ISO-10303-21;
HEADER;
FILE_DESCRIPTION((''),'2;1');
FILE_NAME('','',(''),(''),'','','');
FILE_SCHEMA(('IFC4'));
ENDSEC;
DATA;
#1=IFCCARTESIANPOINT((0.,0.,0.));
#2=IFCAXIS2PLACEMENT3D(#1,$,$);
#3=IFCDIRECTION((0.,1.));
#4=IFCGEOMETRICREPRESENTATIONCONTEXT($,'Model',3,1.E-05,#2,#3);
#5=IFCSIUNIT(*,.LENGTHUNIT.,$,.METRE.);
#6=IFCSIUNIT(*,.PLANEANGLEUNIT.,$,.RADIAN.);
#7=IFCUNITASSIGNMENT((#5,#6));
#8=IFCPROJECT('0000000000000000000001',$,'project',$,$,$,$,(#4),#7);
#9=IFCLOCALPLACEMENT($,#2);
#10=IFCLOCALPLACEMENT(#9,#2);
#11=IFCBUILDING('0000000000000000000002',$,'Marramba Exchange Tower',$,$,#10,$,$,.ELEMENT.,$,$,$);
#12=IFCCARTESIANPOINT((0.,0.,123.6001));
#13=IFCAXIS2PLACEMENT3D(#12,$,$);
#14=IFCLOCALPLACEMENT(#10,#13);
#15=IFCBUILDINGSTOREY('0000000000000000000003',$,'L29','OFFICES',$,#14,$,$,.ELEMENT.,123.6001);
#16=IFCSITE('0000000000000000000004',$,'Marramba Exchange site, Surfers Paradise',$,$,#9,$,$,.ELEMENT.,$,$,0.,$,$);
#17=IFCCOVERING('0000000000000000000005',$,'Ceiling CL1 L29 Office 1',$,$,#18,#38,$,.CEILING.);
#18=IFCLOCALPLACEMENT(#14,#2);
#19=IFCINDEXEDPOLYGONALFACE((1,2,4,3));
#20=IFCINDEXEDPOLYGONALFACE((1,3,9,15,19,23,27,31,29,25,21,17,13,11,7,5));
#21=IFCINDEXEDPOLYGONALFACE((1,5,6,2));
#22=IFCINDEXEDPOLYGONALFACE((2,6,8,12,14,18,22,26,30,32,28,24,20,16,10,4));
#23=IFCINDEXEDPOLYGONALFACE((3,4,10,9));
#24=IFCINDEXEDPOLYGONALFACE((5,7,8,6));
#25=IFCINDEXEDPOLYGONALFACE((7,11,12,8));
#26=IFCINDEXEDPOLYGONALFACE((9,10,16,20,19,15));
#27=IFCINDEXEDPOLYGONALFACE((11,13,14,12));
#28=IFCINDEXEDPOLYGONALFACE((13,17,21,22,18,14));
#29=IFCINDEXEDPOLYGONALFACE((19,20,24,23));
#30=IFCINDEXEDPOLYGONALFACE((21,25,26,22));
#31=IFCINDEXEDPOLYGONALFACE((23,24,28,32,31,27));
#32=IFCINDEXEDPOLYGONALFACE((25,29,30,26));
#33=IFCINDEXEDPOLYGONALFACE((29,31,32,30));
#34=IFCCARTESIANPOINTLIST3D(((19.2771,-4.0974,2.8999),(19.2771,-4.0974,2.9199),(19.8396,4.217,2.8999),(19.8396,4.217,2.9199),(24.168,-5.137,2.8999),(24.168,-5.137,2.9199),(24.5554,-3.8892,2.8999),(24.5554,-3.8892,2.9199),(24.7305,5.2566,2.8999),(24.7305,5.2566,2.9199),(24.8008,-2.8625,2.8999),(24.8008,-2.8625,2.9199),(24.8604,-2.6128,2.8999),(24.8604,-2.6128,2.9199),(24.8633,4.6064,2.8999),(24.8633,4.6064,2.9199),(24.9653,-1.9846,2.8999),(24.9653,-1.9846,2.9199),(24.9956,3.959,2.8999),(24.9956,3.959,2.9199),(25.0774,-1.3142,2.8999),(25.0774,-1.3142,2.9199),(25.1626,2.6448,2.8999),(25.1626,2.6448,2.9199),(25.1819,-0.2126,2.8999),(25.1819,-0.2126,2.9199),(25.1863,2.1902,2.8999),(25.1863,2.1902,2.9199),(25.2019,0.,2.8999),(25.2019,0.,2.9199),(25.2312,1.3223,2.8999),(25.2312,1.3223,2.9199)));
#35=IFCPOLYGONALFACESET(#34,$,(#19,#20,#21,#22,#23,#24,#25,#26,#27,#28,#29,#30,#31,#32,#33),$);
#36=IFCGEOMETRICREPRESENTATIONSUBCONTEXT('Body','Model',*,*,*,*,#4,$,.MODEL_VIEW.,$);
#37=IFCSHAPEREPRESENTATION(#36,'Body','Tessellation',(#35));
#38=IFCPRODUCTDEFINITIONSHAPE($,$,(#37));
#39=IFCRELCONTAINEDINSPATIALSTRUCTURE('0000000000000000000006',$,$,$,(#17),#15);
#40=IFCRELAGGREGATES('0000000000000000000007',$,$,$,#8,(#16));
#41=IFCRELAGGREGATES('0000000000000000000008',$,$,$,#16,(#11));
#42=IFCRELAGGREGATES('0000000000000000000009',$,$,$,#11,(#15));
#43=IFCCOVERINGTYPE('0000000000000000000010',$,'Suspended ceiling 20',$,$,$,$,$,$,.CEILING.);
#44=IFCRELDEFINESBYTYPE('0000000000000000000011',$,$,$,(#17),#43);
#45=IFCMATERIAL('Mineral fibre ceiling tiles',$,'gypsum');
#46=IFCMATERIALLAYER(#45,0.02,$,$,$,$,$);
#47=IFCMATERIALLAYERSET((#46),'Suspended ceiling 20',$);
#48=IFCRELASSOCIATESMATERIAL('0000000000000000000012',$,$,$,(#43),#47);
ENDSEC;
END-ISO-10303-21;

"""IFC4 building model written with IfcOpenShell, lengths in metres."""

from ifc_helpers import new_model, si_unit, direction, frame, origin, place, context, subcontext, project, spatial, polyline, outline, extrude, material, layer, layer_set, type_object, element, save


model = new_model("IFC4")

# Units and contexts
model_context = context("Model", 3, precision=1e-05, world=origin(), true_north=direction((0.0, 1.0)))
body_context = subcontext(model_context, "Body", "Model", "MODEL_VIEW")
ifc_project = project(units=[si_unit("LENGTHUNIT", "METRE"), si_unit("PLANEANGLEUNIT", "RADIAN")], contexts=[model_context])

# Site, building, storey
site_placement = place(None, origin())
site = spatial("IfcSite", under=ifc_project, at=site_placement, Name="Marramba Exchange site, Surfers Paradise", CompositionType="ELEMENT", RefElevation=0.0)
building_placement = place(site_placement, origin())
building = spatial("IfcBuilding", under=site, at=building_placement, Name="Marramba Exchange Tower", CompositionType="ELEMENT")
storey_placement = place(building_placement, frame((0.0, 0.0, 123.6001)))
storey = spatial("IfcBuildingStorey", under=building, at=storey_placement, Name="L29", Description="OFFICES", CompositionType="ELEMENT", Elevation=123.6001)

# Covering
ifc_material_1 = material(Name="Mineral fibre ceiling tiles", Category="gypsum")
ifc_layer_1 = layer(ifc_material_1, 0.02)
ifc_layer_set_1 = layer_set([ifc_layer_1], Name="Suspended ceiling 20")
covering_type = type_object("IfcCoveringType", Name="Suspended ceiling 20", PredefinedType="CEILING", material=ifc_layer_set_1)
covering_1_placement = place(storey_placement, frame((0.0, 0.0, 2.8999)))
element("IfcCovering", 1, at=covering_1_placement, inside=storey, type_object=covering_type, Name="Ceiling CL1 L29 Office 1", PredefinedType="CEILING", context=body_context, shape_type="SweptSolid", body=[
    extrude(outline(polyline([(24.8633, 4.6064), (24.9956, 3.959), (25.1626, 2.6448), (25.1863, 2.1902), (25.2312, 1.3223), (25.2019, 0.0), (25.1819, -0.2126), (25.0774, -1.3142), (24.9653, -1.9846), (24.8604, -2.6128), (24.8008, -2.8625), (24.5554, -3.8892), (24.168, -5.137), (19.2771, -4.0974), (19.8396, 4.217), (24.7305, 5.2566), (24.8633, 4.6064)])), origin(), (0.0, 0.0, 1.0), 0.02),
])

save(model, "model.ifc")
